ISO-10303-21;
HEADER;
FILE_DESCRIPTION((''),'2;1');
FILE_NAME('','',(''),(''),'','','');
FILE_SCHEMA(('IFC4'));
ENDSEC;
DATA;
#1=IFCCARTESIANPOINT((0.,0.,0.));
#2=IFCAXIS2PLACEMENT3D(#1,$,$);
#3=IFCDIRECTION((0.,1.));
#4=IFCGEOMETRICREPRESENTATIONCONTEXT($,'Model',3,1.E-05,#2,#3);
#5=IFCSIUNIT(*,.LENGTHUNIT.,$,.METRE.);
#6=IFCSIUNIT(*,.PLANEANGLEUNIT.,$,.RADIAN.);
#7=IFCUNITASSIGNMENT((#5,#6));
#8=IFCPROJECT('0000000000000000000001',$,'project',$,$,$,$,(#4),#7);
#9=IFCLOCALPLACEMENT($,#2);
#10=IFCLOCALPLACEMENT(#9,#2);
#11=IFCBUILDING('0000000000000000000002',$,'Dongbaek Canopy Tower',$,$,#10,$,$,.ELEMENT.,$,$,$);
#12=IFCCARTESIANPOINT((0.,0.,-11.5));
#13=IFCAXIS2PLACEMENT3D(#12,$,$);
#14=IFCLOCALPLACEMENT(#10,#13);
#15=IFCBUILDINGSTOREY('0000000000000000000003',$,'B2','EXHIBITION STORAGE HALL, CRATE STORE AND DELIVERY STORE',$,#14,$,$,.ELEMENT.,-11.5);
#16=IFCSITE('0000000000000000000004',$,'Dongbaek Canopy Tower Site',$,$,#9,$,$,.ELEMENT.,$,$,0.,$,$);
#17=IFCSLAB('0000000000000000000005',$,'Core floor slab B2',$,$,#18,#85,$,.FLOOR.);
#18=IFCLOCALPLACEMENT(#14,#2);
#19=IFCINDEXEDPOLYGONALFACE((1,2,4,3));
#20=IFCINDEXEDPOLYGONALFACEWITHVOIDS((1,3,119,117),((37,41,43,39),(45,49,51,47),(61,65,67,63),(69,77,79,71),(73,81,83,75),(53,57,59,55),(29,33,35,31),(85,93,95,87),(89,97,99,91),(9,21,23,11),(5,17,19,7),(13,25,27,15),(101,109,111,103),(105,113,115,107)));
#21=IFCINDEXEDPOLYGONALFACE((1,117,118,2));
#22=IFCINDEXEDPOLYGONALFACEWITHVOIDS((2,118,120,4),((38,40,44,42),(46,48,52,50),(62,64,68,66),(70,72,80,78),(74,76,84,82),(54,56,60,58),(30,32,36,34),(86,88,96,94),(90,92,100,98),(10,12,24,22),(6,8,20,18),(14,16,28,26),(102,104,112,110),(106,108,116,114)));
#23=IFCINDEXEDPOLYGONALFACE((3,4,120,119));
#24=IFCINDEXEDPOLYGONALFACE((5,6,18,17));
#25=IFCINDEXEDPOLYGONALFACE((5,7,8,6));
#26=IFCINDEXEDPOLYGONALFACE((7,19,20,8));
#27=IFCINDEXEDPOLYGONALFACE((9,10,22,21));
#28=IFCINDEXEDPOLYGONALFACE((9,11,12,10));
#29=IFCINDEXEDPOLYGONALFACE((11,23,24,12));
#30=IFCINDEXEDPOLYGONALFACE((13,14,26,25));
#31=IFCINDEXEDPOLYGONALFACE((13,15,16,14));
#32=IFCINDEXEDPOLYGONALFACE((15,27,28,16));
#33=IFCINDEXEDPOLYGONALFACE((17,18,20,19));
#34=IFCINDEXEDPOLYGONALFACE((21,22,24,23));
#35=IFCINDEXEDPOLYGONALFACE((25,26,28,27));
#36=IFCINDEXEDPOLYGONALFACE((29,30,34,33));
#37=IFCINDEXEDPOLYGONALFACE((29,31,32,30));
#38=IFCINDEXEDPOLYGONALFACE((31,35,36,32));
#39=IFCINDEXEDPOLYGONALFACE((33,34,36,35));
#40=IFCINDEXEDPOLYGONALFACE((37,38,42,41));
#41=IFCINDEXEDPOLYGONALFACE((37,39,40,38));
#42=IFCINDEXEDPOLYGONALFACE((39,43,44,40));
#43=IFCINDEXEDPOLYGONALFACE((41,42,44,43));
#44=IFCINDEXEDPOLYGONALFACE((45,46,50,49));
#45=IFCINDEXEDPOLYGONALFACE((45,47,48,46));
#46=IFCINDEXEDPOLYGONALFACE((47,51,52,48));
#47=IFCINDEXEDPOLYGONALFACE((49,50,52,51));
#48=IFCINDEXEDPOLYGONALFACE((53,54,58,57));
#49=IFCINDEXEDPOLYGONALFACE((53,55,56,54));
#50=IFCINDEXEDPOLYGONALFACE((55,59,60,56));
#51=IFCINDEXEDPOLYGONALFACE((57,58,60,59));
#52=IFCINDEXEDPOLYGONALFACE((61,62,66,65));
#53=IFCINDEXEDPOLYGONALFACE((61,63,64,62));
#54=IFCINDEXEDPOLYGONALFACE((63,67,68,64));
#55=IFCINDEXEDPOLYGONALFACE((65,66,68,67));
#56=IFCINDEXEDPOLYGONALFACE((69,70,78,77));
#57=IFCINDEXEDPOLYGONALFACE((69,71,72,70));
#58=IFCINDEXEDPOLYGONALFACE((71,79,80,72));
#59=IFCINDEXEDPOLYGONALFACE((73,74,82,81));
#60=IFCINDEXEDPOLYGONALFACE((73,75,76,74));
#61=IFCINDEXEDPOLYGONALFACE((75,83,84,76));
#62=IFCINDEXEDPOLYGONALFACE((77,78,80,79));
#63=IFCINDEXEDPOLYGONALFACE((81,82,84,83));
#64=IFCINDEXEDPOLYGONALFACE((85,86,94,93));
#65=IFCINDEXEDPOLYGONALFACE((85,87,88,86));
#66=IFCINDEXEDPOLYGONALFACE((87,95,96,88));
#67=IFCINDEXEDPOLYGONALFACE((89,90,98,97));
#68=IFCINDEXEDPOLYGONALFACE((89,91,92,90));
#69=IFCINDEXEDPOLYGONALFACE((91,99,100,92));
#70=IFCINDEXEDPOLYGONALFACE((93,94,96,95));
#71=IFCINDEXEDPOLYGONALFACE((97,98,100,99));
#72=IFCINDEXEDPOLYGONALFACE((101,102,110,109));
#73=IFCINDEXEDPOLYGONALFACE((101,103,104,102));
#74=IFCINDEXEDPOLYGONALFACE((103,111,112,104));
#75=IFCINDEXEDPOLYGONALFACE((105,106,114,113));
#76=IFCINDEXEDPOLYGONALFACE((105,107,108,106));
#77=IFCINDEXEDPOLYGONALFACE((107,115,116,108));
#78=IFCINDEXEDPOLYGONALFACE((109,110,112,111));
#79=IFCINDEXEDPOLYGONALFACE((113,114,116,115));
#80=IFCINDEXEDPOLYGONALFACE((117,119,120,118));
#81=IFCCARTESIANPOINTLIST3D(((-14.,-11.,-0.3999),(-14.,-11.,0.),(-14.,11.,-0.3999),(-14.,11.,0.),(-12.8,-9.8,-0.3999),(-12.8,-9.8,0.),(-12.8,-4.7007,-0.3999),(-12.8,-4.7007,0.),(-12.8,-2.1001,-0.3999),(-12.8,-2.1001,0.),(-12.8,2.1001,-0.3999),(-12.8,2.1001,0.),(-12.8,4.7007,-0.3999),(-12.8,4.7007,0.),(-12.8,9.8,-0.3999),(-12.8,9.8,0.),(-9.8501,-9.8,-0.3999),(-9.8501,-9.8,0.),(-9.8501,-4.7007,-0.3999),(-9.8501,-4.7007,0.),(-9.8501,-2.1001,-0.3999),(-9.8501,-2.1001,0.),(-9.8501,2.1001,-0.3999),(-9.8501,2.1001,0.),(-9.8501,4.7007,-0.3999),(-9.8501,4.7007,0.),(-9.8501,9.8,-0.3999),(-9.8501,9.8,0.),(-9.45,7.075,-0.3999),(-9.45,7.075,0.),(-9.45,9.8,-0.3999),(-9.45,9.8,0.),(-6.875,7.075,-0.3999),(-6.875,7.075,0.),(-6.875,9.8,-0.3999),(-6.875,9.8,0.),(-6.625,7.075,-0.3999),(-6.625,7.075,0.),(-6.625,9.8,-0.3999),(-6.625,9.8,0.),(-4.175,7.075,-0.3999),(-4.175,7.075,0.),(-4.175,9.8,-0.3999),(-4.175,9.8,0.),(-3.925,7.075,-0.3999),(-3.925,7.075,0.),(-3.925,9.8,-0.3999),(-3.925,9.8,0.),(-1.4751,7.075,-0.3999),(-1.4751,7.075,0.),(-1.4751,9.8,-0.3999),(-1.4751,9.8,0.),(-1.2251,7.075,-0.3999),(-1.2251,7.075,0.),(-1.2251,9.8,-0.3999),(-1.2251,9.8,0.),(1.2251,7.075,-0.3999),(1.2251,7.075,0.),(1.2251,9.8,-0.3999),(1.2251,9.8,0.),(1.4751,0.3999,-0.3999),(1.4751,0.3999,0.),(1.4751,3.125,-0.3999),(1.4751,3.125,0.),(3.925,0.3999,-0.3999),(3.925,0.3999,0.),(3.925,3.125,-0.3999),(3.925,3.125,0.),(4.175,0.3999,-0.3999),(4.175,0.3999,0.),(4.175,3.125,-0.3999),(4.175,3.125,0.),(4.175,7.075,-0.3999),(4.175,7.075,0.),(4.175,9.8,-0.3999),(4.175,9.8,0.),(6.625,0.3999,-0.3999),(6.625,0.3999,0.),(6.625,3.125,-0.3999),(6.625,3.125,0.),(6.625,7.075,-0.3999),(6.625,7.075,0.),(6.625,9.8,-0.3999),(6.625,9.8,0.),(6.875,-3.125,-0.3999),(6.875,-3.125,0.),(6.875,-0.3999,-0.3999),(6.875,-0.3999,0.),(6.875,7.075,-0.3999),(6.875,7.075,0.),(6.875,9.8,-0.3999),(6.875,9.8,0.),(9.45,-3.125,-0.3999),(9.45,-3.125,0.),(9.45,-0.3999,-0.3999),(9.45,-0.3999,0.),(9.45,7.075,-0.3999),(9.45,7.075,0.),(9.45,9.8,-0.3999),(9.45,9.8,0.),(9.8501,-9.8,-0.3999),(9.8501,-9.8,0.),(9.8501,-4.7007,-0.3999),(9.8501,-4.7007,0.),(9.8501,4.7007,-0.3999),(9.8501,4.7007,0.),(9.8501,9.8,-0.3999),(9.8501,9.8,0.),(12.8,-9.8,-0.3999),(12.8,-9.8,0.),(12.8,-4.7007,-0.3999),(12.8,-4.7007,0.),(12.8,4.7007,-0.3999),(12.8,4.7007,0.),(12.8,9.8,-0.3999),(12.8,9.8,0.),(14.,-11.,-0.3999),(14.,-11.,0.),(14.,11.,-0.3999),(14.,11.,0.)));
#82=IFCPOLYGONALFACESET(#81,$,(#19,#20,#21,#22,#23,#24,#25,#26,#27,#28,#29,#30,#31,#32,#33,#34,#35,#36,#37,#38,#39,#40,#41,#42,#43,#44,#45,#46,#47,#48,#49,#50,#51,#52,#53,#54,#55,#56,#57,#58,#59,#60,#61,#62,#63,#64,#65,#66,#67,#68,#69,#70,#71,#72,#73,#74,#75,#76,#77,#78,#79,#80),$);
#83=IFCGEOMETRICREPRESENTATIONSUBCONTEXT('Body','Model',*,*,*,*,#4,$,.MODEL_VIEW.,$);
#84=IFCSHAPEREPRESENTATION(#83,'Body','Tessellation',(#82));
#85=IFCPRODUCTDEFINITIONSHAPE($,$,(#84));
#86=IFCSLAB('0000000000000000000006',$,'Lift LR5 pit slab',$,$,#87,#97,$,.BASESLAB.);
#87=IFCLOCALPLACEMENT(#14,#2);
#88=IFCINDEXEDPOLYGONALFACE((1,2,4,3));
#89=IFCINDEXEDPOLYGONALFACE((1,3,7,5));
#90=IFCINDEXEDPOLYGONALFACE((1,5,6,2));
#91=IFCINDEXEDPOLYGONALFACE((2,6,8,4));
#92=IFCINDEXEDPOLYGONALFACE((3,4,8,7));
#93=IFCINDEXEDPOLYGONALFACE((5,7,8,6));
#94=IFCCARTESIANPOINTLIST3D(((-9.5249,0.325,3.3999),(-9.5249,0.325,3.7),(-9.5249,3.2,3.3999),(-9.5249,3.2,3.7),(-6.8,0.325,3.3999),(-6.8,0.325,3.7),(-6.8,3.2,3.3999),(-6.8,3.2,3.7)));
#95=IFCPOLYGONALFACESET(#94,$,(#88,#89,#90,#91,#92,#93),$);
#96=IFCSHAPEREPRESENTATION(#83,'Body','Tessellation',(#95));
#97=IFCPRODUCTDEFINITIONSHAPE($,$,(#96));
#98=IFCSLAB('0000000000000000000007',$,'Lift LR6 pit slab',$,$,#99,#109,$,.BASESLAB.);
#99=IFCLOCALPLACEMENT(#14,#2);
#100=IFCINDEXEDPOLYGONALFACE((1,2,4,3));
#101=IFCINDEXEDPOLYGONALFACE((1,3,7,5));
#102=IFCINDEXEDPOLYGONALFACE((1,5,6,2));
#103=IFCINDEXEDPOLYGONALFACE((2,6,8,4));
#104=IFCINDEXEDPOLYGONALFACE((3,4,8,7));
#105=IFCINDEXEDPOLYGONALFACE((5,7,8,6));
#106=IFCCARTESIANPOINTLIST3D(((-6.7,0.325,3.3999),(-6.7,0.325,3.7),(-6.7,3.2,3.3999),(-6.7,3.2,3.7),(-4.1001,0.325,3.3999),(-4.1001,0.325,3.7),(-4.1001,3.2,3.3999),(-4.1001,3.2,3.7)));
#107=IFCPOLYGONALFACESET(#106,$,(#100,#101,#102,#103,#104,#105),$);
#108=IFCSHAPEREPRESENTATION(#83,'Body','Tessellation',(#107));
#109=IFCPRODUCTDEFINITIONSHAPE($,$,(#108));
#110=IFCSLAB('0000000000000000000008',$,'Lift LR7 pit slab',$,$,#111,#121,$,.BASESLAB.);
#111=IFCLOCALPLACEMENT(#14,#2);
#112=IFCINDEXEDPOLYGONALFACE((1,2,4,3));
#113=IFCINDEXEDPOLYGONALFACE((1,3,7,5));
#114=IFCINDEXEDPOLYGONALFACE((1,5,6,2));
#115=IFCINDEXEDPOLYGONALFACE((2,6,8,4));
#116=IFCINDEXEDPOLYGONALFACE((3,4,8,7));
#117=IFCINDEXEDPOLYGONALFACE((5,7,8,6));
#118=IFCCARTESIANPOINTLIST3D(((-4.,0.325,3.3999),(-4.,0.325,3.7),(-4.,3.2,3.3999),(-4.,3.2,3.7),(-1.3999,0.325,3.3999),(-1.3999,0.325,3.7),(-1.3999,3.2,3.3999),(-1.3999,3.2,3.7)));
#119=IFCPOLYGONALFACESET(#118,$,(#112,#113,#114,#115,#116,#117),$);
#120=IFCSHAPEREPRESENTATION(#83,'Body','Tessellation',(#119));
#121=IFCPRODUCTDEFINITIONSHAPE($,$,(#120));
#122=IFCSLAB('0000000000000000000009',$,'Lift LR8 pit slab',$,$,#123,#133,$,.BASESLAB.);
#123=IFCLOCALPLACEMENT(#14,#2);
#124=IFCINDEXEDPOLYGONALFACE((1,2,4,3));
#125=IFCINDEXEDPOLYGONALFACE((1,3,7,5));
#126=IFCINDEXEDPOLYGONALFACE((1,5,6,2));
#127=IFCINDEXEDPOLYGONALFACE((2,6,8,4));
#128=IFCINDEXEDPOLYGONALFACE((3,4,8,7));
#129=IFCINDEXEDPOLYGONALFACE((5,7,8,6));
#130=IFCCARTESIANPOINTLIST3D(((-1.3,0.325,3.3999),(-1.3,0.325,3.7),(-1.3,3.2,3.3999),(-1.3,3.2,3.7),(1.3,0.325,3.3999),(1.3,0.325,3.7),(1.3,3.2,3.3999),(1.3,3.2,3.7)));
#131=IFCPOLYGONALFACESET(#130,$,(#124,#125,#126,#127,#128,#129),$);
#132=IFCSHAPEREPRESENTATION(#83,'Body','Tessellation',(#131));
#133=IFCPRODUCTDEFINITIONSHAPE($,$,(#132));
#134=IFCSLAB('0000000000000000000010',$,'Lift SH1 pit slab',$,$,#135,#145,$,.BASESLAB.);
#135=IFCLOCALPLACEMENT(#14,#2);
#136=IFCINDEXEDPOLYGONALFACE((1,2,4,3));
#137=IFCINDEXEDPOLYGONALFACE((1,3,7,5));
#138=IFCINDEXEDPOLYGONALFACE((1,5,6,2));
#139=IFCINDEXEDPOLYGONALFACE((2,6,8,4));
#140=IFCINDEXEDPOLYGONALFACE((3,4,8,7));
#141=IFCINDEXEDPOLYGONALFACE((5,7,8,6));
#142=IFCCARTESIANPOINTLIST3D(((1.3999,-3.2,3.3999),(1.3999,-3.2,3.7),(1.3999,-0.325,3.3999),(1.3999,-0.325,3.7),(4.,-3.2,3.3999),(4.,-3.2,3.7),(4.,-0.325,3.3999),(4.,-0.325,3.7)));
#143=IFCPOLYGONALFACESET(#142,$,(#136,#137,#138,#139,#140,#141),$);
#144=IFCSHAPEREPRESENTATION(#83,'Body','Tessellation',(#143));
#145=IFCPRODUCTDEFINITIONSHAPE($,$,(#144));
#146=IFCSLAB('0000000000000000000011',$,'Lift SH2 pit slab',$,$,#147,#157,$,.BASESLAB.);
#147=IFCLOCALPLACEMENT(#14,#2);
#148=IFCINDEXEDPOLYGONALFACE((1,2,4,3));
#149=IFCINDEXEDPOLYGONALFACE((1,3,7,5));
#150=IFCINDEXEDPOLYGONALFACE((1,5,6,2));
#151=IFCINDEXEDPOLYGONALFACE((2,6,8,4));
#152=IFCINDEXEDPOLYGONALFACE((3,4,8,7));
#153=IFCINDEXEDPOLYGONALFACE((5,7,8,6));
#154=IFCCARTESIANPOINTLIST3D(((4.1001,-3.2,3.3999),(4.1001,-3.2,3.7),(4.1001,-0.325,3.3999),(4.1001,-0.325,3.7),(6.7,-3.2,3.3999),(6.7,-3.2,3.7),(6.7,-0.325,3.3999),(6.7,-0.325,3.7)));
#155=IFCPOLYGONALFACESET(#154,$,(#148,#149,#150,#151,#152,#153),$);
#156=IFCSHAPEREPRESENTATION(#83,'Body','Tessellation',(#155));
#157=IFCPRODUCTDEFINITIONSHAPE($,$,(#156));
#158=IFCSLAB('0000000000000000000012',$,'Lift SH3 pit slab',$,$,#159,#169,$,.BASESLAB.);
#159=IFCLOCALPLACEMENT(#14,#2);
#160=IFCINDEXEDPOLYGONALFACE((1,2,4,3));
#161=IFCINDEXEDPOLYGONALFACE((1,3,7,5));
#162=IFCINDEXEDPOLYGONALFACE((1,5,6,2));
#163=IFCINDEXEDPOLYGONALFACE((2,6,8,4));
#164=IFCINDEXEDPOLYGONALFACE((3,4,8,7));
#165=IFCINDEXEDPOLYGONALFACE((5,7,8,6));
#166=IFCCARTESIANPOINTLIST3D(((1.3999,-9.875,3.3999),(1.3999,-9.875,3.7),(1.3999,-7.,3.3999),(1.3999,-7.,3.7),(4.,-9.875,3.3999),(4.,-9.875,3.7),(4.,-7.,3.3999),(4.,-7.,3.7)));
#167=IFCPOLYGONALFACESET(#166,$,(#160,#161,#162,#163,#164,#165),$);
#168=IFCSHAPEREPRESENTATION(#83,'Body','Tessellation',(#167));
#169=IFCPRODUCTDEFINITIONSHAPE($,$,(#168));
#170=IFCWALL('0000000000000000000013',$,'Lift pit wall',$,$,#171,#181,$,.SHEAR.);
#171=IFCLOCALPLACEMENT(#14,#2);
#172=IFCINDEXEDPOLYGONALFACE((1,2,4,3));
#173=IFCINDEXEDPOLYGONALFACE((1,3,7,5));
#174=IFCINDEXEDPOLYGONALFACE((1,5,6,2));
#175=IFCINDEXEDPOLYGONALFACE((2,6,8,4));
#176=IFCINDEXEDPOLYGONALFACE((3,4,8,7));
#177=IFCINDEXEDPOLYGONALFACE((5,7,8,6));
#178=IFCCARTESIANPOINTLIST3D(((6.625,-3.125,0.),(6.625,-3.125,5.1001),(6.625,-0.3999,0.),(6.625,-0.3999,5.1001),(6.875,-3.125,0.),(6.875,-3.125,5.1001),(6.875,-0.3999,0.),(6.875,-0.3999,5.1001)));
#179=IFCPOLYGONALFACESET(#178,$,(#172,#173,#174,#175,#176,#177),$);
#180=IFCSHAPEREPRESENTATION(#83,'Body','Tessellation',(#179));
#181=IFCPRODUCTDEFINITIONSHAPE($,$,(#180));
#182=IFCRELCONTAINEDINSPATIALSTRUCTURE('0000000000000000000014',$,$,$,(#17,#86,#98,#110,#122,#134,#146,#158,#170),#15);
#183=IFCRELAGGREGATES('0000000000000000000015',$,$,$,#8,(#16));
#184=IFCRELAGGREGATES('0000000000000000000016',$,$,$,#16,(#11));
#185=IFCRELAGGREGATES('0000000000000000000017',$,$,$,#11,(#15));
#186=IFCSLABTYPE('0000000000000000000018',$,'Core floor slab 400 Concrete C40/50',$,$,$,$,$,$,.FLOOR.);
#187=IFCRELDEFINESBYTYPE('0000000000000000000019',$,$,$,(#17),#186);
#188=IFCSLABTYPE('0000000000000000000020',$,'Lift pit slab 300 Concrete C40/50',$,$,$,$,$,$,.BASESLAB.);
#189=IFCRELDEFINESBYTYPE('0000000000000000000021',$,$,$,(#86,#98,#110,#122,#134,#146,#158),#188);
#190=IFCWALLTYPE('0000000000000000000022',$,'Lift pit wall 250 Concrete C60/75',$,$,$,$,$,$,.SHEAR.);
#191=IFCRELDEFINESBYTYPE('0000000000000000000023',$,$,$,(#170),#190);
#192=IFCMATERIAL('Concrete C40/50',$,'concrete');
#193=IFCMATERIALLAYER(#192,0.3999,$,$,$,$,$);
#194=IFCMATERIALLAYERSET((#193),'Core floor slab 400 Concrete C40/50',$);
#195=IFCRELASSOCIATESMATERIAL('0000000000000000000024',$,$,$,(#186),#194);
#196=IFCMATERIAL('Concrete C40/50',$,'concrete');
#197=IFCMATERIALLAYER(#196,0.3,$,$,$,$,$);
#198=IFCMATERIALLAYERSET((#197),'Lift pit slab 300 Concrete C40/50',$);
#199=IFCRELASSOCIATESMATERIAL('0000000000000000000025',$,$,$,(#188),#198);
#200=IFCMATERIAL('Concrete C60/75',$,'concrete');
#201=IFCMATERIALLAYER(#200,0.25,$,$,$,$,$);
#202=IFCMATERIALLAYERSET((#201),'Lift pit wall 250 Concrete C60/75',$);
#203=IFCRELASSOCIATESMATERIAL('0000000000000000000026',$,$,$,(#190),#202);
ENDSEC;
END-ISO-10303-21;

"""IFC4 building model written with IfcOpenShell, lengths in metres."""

from ifc_helpers import new_model, si_unit, direction, frame, frame_2d, origin, place, context, subcontext, project, spatial, polyline, rectangle, outline, extrude, material, layer, layer_set, type_object, element, save


model = new_model("IFC4")

# Units and contexts
model_context = context("Model", 3, precision=1e-05, world=origin(), true_north=direction((0.0, 1.0)))
body_context = subcontext(model_context, "Body", "Model", "MODEL_VIEW")
ifc_project = project(units=[si_unit("LENGTHUNIT", "METRE"), si_unit("PLANEANGLEUNIT", "RADIAN")], contexts=[model_context])

# Site, building, storey
site_placement = place(None, origin())
site = spatial("IfcSite", under=ifc_project, at=site_placement, Name="Dongbaek Canopy Tower Site", CompositionType="ELEMENT", RefElevation=0.0)
building_placement = place(site_placement, origin())
building = spatial("IfcBuilding", under=site, at=building_placement, Name="Dongbaek Canopy Tower", CompositionType="ELEMENT")
storey_placement = place(building_placement, frame((0.0, 0.0, -11.5)))
storey = spatial("IfcBuildingStorey", under=building, at=storey_placement, Name="B2", Description="EXHIBITION STORAGE HALL, CRATE STORE AND DELIVERY STORE", CompositionType="ELEMENT", Elevation=-11.5)

# Slabs
ifc_material_1 = material(Name="Concrete C40/50", Category="concrete")
ifc_layer_1 = layer(ifc_material_1, 0.3999)
ifc_layer_set_1 = layer_set([ifc_layer_1], Name="Core floor slab 400 Concrete C40/50")
slab_type_1 = type_object("IfcSlabType", Name="Core floor slab 400 Concrete C40/50", PredefinedType="FLOOR", material=ifc_layer_set_1)
slab_1_placement = place(storey_placement, frame((0.0, 0.0, -0.3999)))
element("IfcSlab", 1, at=slab_1_placement, inside=storey, type_object=slab_type_1, Name="Core floor slab B2", PredefinedType="FLOOR", context=body_context, shape_type="SweptSolid", body=[
    extrude(outline(polyline([(14.0, -11.0), (14.0, 11.0), (-14.0, 11.0), (-14.0, -11.0), (14.0, -11.0)]), holes=[polyline([(-12.8, 2.1001), (-9.8501, 2.1001), (-9.8501, -2.1001), (-12.8, -2.1001), (-12.8, 2.1001)]), polyline([(-6.875, 9.8), (-6.875, 7.075), (-9.45, 7.075), (-9.45, 9.8), (-6.875, 9.8)]), polyline([(-4.175, 9.8), (-4.175, 7.075), (-6.625, 7.075), (-6.625, 9.8), (-4.175, 9.8)]), polyline([(-1.4751, 9.8), (-1.4751, 7.075), (-3.925, 7.075), (-3.925, 9.8), (-1.4751, 9.8)]), polyline([(1.2251, 9.8), (1.2251, 7.075), (-1.2251, 7.075), (-1.2251, 9.8), (1.2251, 9.8)]), polyline([(6.625, 9.8), (6.625, 7.075), (4.175, 7.075), (4.175, 9.8), (6.625, 9.8)]), polyline([(9.45, 7.075), (6.875, 7.075), (6.875, 9.8), (9.45, 9.8), (9.45, 7.075)]), polyline([(1.4751, 0.3999), (1.4751, 3.125), (3.925, 3.125), (3.925, 0.3999), (1.4751, 0.3999)]), polyline([(4.175, 0.3999), (4.175, 3.125), (6.625, 3.125), (6.625, 0.3999), (4.175, 0.3999)]), polyline([(9.45, -3.125), (6.875, -3.125), (6.875, -0.3999), (9.45, -0.3999), (9.45, -3.125)]), polyline([(12.8, 4.7007), (12.8, 9.8), (9.8501, 9.8), (9.8501, 4.7007), (12.8, 4.7007)]), polyline([(-9.8501, 4.7007), (-9.8501, 9.8), (-12.8, 9.8), (-12.8, 4.7007), (-9.8501, 4.7007)]), polyline([(9.8501, -4.7007), (9.8501, -9.8), (12.8, -9.8), (12.8, -4.7007), (9.8501, -4.7007)]), polyline([(-12.8, -4.7007), (-12.8, -9.8), (-9.8501, -9.8), (-9.8501, -4.7007), (-12.8, -4.7007)])]), origin(), (0.0, 0.0, 1.0), 0.3999),
])
ifc_material_2 = material(Name="Concrete C40/50", Category="concrete")
ifc_layer_2 = layer(ifc_material_2, 0.3)
ifc_layer_set_2 = layer_set([ifc_layer_2], Name="Lift pit slab 300 Concrete C40/50")
slab_type_2 = type_object("IfcSlabType", Name="Lift pit slab 300 Concrete C40/50", PredefinedType="BASESLAB", material=ifc_layer_set_2)
slab_2_placement = place(storey_placement, frame((0.0, 0.0, 3.3999)))
element("IfcSlab", 2, at=slab_2_placement, inside=storey, type_object=slab_type_2, Name="Lift LR5 pit slab", PredefinedType="BASESLAB", context=body_context, shape_type="SweptSolid", body=[
    extrude(outline(polyline([(-9.5249, 3.2), (-6.8, 3.2), (-6.8, 0.325), (-9.5249, 0.325), (-9.5249, 3.2)])), origin(), (0.0, 0.0, 1.0), 0.3),
])
slab_3_placement = place(storey_placement, frame((0.0, 0.0, 3.3999)))
element("IfcSlab", 3, at=slab_3_placement, inside=storey, type_object=slab_type_2, Name="Lift LR6 pit slab", PredefinedType="BASESLAB", context=body_context, shape_type="SweptSolid", body=[
    extrude(outline(polyline([(-6.7, 3.2), (-4.1001, 3.2), (-4.1001, 0.325), (-6.7, 0.325), (-6.7, 3.2)])), origin(), (0.0, 0.0, 1.0), 0.3),
])
slab_4_placement = place(storey_placement, frame((0.0, 0.0, 3.3999)))
element("IfcSlab", 4, at=slab_4_placement, inside=storey, type_object=slab_type_2, Name="Lift LR7 pit slab", PredefinedType="BASESLAB", context=body_context, shape_type="SweptSolid", body=[
    extrude(outline(polyline([(-4.0, 3.2), (-1.3999, 3.2), (-1.3999, 0.325), (-4.0, 0.325), (-4.0, 3.2)])), origin(), (0.0, 0.0, 1.0), 0.3),
])
slab_5_placement = place(storey_placement, frame((0.0, 0.0, 3.3999)))
element("IfcSlab", 5, at=slab_5_placement, inside=storey, type_object=slab_type_2, Name="Lift LR8 pit slab", PredefinedType="BASESLAB", context=body_context, shape_type="SweptSolid", body=[
    extrude(outline(polyline([(-1.3, 3.2), (1.3, 3.2), (1.3, 0.325), (-1.3, 0.325), (-1.3, 3.2)])), origin(), (0.0, 0.0, 1.0), 0.3),
])
slab_6_placement = place(storey_placement, frame((0.0, 0.0, 3.3999)))
element("IfcSlab", 6, at=slab_6_placement, inside=storey, type_object=slab_type_2, Name="Lift SH1 pit slab", PredefinedType="BASESLAB", context=body_context, shape_type="SweptSolid", body=[
    extrude(outline(polyline([(4.0, -0.325), (4.0, -3.2), (1.3999, -3.2), (1.3999, -0.325), (4.0, -0.325)])), origin(), (0.0, 0.0, 1.0), 0.3),
])
slab_7_placement = place(storey_placement, frame((0.0, 0.0, 3.3999)))
element("IfcSlab", 7, at=slab_7_placement, inside=storey, type_object=slab_type_2, Name="Lift SH2 pit slab", PredefinedType="BASESLAB", context=body_context, shape_type="SweptSolid", body=[
    extrude(outline(polyline([(6.7, -0.325), (6.7, -3.2), (4.1001, -3.2), (4.1001, -0.325), (6.7, -0.325)])), origin(), (0.0, 0.0, 1.0), 0.3),
])
slab_8_placement = place(storey_placement, frame((0.0, 0.0, 3.3999)))
element("IfcSlab", 8, at=slab_8_placement, inside=storey, type_object=slab_type_2, Name="Lift SH3 pit slab", PredefinedType="BASESLAB", context=body_context, shape_type="SweptSolid", body=[
    extrude(outline(polyline([(1.3999, -9.875), (1.3999, -7.0), (4.0, -7.0), (4.0, -9.875), (1.3999, -9.875)])), origin(), (0.0, 0.0, 1.0), 0.3),
])

# Wall
ifc_material_3 = material(Name="Concrete C60/75", Category="concrete")
ifc_layer_3 = layer(ifc_material_3, 0.25)
ifc_layer_set_3 = layer_set([ifc_layer_3], Name="Lift pit wall 250 Concrete C60/75")
wall_type_1 = type_object("IfcWallType", Name="Lift pit wall 250 Concrete C60/75", PredefinedType="SHEAR", material=ifc_layer_set_3)
for number, where, z_axis, x_axis, name in (
    (9, (6.75, -3.125, 0.0), (0.0, 0.0, 1.0), (0.0, 1.0, 0.0), "Lift pit wall"),
):
    element("IfcWall", number, at=place(storey_placement, frame(where, z_axis=z_axis, x_axis=x_axis)), inside=storey, type_object=wall_type_1, Name=name, PredefinedType="SHEAR", context=body_context, shape_type="SweptSolid", body=[
        extrude(rectangle(XDim=2.7251, YDim=0.25, at=frame_2d((1.3625, 0.0))), origin(), (0.0, 0.0, 1.0), 5.1001),
    ])

save(model, "model.ifc")
